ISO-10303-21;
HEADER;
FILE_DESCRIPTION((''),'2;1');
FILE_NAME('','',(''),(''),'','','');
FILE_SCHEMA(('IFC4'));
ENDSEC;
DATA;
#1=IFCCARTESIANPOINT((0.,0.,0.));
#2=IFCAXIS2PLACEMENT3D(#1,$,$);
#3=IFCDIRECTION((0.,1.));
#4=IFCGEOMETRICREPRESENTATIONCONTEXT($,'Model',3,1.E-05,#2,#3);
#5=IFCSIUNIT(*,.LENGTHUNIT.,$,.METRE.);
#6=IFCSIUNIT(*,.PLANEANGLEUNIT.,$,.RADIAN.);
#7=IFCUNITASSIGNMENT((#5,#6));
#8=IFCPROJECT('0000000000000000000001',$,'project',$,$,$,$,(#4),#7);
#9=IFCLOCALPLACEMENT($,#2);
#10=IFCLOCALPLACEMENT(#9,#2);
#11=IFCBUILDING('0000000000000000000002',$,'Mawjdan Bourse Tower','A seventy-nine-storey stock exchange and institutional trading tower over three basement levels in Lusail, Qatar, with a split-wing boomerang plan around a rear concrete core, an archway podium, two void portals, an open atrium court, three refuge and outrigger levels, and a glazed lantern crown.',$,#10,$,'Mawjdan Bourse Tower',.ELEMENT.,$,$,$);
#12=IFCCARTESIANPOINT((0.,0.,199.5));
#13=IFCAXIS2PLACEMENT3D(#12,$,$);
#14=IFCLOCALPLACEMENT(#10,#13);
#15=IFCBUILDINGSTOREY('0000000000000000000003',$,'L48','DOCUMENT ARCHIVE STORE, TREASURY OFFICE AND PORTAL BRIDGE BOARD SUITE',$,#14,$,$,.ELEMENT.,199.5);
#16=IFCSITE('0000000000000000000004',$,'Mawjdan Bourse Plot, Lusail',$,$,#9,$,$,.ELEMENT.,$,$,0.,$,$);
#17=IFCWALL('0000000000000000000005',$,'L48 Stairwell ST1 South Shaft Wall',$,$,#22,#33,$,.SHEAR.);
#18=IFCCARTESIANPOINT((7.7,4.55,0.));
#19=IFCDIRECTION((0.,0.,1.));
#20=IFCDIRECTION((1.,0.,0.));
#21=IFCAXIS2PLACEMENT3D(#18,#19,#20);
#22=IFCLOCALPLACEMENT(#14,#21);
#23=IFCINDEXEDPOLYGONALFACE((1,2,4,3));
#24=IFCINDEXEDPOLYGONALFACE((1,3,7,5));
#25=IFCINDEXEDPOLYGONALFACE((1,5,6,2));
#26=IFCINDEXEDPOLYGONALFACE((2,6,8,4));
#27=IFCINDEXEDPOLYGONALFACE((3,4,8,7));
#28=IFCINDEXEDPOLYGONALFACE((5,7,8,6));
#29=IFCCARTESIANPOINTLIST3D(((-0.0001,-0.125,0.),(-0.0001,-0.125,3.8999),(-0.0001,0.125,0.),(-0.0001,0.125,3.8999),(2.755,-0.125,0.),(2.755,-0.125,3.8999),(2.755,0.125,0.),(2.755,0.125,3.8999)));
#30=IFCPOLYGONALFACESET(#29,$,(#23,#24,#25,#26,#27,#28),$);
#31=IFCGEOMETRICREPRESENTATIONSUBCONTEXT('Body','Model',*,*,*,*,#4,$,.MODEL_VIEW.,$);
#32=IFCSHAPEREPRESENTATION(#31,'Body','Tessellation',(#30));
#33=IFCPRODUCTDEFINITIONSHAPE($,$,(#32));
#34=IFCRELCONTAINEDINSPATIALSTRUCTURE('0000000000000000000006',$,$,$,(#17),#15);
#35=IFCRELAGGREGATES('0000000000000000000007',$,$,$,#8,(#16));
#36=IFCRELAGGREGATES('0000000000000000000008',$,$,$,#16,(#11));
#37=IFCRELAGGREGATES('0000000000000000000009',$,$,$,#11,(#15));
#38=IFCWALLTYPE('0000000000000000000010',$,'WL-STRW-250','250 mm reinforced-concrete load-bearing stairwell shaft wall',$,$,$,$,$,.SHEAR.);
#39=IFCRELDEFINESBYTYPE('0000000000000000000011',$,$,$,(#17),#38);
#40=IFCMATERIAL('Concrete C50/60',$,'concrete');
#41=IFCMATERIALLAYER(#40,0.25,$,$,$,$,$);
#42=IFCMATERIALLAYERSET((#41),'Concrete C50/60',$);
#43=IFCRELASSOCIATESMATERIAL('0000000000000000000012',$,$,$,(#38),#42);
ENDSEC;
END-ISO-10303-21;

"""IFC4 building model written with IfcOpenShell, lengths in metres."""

from ifc_helpers import new_model, si_unit, direction, frame, frame_2d, origin, place, context, subcontext, project, spatial, rectangle, extrude, material, layer, layer_set, type_object, element, save


model = new_model("IFC4")

# Units and contexts
model_context = context("Model", 3, precision=1e-05, world=origin(), true_north=direction((0.0, 1.0)))
body_context = subcontext(model_context, "Body", "Model", "MODEL_VIEW")
ifc_project = project(units=[si_unit("LENGTHUNIT", "METRE"), si_unit("PLANEANGLEUNIT", "RADIAN")], contexts=[model_context])

# Site, building, storey
site_placement = place(None, origin())
site = spatial("IfcSite", under=ifc_project, at=site_placement, Name="Mawjdan Bourse Plot, Lusail", CompositionType="ELEMENT", RefElevation=0.0)
building_placement = place(site_placement, origin())
building = spatial("IfcBuilding", under=site, at=building_placement, Name="Mawjdan Bourse Tower", Description="A seventy-nine-storey stock exchange and institutional trading tower over three basement levels in Lusail, Qatar, with a split-wing boomerang plan around a rear concrete core, an archway podium, two void portals, an open atrium court, three refuge and outrigger levels, and a glazed lantern crown.", LongName="Mawjdan Bourse Tower", CompositionType="ELEMENT")
storey_placement = place(building_placement, frame((0.0, 0.0, 199.5)))
storey = spatial("IfcBuildingStorey", under=building, at=storey_placement, Name="L48", Description="DOCUMENT ARCHIVE STORE, TREASURY OFFICE AND PORTAL BRIDGE BOARD SUITE", CompositionType="ELEMENT", Elevation=199.5)

# Shared definitions
ifc_material_1 = material(Name="Concrete C50/60", Category="concrete")

# Wall
ifc_layer_1 = layer(ifc_material_1, 0.25)
ifc_layer_set_1 = layer_set([ifc_layer_1], Name="Concrete C50/60")
wall_type_1 = type_object("IfcWallType", Name="WL-STRW-250", Description="250 mm reinforced-concrete load-bearing stairwell shaft wall", PredefinedType="SHEAR", material=ifc_layer_set_1)
wall_1_placement = place(storey_placement, frame((7.7, 4.55, 0.0), z_axis=(0.0, 0.0, 1.0), x_axis=(1.0, 0.0, 0.0)))
element("IfcWall", 1, at=wall_1_placement, inside=storey, type_object=wall_type_1, Name="L48 Stairwell ST1 South Shaft Wall", PredefinedType="SHEAR", context=body_context, shape_type="SweptSolid", body=[
    extrude(rectangle(XDim=2.7551, YDim=0.25, at=frame_2d((1.3774, 0.0))), origin(), (0.0, 0.0, 1.0), 3.8999),
])

save(model, "model.ifc")
